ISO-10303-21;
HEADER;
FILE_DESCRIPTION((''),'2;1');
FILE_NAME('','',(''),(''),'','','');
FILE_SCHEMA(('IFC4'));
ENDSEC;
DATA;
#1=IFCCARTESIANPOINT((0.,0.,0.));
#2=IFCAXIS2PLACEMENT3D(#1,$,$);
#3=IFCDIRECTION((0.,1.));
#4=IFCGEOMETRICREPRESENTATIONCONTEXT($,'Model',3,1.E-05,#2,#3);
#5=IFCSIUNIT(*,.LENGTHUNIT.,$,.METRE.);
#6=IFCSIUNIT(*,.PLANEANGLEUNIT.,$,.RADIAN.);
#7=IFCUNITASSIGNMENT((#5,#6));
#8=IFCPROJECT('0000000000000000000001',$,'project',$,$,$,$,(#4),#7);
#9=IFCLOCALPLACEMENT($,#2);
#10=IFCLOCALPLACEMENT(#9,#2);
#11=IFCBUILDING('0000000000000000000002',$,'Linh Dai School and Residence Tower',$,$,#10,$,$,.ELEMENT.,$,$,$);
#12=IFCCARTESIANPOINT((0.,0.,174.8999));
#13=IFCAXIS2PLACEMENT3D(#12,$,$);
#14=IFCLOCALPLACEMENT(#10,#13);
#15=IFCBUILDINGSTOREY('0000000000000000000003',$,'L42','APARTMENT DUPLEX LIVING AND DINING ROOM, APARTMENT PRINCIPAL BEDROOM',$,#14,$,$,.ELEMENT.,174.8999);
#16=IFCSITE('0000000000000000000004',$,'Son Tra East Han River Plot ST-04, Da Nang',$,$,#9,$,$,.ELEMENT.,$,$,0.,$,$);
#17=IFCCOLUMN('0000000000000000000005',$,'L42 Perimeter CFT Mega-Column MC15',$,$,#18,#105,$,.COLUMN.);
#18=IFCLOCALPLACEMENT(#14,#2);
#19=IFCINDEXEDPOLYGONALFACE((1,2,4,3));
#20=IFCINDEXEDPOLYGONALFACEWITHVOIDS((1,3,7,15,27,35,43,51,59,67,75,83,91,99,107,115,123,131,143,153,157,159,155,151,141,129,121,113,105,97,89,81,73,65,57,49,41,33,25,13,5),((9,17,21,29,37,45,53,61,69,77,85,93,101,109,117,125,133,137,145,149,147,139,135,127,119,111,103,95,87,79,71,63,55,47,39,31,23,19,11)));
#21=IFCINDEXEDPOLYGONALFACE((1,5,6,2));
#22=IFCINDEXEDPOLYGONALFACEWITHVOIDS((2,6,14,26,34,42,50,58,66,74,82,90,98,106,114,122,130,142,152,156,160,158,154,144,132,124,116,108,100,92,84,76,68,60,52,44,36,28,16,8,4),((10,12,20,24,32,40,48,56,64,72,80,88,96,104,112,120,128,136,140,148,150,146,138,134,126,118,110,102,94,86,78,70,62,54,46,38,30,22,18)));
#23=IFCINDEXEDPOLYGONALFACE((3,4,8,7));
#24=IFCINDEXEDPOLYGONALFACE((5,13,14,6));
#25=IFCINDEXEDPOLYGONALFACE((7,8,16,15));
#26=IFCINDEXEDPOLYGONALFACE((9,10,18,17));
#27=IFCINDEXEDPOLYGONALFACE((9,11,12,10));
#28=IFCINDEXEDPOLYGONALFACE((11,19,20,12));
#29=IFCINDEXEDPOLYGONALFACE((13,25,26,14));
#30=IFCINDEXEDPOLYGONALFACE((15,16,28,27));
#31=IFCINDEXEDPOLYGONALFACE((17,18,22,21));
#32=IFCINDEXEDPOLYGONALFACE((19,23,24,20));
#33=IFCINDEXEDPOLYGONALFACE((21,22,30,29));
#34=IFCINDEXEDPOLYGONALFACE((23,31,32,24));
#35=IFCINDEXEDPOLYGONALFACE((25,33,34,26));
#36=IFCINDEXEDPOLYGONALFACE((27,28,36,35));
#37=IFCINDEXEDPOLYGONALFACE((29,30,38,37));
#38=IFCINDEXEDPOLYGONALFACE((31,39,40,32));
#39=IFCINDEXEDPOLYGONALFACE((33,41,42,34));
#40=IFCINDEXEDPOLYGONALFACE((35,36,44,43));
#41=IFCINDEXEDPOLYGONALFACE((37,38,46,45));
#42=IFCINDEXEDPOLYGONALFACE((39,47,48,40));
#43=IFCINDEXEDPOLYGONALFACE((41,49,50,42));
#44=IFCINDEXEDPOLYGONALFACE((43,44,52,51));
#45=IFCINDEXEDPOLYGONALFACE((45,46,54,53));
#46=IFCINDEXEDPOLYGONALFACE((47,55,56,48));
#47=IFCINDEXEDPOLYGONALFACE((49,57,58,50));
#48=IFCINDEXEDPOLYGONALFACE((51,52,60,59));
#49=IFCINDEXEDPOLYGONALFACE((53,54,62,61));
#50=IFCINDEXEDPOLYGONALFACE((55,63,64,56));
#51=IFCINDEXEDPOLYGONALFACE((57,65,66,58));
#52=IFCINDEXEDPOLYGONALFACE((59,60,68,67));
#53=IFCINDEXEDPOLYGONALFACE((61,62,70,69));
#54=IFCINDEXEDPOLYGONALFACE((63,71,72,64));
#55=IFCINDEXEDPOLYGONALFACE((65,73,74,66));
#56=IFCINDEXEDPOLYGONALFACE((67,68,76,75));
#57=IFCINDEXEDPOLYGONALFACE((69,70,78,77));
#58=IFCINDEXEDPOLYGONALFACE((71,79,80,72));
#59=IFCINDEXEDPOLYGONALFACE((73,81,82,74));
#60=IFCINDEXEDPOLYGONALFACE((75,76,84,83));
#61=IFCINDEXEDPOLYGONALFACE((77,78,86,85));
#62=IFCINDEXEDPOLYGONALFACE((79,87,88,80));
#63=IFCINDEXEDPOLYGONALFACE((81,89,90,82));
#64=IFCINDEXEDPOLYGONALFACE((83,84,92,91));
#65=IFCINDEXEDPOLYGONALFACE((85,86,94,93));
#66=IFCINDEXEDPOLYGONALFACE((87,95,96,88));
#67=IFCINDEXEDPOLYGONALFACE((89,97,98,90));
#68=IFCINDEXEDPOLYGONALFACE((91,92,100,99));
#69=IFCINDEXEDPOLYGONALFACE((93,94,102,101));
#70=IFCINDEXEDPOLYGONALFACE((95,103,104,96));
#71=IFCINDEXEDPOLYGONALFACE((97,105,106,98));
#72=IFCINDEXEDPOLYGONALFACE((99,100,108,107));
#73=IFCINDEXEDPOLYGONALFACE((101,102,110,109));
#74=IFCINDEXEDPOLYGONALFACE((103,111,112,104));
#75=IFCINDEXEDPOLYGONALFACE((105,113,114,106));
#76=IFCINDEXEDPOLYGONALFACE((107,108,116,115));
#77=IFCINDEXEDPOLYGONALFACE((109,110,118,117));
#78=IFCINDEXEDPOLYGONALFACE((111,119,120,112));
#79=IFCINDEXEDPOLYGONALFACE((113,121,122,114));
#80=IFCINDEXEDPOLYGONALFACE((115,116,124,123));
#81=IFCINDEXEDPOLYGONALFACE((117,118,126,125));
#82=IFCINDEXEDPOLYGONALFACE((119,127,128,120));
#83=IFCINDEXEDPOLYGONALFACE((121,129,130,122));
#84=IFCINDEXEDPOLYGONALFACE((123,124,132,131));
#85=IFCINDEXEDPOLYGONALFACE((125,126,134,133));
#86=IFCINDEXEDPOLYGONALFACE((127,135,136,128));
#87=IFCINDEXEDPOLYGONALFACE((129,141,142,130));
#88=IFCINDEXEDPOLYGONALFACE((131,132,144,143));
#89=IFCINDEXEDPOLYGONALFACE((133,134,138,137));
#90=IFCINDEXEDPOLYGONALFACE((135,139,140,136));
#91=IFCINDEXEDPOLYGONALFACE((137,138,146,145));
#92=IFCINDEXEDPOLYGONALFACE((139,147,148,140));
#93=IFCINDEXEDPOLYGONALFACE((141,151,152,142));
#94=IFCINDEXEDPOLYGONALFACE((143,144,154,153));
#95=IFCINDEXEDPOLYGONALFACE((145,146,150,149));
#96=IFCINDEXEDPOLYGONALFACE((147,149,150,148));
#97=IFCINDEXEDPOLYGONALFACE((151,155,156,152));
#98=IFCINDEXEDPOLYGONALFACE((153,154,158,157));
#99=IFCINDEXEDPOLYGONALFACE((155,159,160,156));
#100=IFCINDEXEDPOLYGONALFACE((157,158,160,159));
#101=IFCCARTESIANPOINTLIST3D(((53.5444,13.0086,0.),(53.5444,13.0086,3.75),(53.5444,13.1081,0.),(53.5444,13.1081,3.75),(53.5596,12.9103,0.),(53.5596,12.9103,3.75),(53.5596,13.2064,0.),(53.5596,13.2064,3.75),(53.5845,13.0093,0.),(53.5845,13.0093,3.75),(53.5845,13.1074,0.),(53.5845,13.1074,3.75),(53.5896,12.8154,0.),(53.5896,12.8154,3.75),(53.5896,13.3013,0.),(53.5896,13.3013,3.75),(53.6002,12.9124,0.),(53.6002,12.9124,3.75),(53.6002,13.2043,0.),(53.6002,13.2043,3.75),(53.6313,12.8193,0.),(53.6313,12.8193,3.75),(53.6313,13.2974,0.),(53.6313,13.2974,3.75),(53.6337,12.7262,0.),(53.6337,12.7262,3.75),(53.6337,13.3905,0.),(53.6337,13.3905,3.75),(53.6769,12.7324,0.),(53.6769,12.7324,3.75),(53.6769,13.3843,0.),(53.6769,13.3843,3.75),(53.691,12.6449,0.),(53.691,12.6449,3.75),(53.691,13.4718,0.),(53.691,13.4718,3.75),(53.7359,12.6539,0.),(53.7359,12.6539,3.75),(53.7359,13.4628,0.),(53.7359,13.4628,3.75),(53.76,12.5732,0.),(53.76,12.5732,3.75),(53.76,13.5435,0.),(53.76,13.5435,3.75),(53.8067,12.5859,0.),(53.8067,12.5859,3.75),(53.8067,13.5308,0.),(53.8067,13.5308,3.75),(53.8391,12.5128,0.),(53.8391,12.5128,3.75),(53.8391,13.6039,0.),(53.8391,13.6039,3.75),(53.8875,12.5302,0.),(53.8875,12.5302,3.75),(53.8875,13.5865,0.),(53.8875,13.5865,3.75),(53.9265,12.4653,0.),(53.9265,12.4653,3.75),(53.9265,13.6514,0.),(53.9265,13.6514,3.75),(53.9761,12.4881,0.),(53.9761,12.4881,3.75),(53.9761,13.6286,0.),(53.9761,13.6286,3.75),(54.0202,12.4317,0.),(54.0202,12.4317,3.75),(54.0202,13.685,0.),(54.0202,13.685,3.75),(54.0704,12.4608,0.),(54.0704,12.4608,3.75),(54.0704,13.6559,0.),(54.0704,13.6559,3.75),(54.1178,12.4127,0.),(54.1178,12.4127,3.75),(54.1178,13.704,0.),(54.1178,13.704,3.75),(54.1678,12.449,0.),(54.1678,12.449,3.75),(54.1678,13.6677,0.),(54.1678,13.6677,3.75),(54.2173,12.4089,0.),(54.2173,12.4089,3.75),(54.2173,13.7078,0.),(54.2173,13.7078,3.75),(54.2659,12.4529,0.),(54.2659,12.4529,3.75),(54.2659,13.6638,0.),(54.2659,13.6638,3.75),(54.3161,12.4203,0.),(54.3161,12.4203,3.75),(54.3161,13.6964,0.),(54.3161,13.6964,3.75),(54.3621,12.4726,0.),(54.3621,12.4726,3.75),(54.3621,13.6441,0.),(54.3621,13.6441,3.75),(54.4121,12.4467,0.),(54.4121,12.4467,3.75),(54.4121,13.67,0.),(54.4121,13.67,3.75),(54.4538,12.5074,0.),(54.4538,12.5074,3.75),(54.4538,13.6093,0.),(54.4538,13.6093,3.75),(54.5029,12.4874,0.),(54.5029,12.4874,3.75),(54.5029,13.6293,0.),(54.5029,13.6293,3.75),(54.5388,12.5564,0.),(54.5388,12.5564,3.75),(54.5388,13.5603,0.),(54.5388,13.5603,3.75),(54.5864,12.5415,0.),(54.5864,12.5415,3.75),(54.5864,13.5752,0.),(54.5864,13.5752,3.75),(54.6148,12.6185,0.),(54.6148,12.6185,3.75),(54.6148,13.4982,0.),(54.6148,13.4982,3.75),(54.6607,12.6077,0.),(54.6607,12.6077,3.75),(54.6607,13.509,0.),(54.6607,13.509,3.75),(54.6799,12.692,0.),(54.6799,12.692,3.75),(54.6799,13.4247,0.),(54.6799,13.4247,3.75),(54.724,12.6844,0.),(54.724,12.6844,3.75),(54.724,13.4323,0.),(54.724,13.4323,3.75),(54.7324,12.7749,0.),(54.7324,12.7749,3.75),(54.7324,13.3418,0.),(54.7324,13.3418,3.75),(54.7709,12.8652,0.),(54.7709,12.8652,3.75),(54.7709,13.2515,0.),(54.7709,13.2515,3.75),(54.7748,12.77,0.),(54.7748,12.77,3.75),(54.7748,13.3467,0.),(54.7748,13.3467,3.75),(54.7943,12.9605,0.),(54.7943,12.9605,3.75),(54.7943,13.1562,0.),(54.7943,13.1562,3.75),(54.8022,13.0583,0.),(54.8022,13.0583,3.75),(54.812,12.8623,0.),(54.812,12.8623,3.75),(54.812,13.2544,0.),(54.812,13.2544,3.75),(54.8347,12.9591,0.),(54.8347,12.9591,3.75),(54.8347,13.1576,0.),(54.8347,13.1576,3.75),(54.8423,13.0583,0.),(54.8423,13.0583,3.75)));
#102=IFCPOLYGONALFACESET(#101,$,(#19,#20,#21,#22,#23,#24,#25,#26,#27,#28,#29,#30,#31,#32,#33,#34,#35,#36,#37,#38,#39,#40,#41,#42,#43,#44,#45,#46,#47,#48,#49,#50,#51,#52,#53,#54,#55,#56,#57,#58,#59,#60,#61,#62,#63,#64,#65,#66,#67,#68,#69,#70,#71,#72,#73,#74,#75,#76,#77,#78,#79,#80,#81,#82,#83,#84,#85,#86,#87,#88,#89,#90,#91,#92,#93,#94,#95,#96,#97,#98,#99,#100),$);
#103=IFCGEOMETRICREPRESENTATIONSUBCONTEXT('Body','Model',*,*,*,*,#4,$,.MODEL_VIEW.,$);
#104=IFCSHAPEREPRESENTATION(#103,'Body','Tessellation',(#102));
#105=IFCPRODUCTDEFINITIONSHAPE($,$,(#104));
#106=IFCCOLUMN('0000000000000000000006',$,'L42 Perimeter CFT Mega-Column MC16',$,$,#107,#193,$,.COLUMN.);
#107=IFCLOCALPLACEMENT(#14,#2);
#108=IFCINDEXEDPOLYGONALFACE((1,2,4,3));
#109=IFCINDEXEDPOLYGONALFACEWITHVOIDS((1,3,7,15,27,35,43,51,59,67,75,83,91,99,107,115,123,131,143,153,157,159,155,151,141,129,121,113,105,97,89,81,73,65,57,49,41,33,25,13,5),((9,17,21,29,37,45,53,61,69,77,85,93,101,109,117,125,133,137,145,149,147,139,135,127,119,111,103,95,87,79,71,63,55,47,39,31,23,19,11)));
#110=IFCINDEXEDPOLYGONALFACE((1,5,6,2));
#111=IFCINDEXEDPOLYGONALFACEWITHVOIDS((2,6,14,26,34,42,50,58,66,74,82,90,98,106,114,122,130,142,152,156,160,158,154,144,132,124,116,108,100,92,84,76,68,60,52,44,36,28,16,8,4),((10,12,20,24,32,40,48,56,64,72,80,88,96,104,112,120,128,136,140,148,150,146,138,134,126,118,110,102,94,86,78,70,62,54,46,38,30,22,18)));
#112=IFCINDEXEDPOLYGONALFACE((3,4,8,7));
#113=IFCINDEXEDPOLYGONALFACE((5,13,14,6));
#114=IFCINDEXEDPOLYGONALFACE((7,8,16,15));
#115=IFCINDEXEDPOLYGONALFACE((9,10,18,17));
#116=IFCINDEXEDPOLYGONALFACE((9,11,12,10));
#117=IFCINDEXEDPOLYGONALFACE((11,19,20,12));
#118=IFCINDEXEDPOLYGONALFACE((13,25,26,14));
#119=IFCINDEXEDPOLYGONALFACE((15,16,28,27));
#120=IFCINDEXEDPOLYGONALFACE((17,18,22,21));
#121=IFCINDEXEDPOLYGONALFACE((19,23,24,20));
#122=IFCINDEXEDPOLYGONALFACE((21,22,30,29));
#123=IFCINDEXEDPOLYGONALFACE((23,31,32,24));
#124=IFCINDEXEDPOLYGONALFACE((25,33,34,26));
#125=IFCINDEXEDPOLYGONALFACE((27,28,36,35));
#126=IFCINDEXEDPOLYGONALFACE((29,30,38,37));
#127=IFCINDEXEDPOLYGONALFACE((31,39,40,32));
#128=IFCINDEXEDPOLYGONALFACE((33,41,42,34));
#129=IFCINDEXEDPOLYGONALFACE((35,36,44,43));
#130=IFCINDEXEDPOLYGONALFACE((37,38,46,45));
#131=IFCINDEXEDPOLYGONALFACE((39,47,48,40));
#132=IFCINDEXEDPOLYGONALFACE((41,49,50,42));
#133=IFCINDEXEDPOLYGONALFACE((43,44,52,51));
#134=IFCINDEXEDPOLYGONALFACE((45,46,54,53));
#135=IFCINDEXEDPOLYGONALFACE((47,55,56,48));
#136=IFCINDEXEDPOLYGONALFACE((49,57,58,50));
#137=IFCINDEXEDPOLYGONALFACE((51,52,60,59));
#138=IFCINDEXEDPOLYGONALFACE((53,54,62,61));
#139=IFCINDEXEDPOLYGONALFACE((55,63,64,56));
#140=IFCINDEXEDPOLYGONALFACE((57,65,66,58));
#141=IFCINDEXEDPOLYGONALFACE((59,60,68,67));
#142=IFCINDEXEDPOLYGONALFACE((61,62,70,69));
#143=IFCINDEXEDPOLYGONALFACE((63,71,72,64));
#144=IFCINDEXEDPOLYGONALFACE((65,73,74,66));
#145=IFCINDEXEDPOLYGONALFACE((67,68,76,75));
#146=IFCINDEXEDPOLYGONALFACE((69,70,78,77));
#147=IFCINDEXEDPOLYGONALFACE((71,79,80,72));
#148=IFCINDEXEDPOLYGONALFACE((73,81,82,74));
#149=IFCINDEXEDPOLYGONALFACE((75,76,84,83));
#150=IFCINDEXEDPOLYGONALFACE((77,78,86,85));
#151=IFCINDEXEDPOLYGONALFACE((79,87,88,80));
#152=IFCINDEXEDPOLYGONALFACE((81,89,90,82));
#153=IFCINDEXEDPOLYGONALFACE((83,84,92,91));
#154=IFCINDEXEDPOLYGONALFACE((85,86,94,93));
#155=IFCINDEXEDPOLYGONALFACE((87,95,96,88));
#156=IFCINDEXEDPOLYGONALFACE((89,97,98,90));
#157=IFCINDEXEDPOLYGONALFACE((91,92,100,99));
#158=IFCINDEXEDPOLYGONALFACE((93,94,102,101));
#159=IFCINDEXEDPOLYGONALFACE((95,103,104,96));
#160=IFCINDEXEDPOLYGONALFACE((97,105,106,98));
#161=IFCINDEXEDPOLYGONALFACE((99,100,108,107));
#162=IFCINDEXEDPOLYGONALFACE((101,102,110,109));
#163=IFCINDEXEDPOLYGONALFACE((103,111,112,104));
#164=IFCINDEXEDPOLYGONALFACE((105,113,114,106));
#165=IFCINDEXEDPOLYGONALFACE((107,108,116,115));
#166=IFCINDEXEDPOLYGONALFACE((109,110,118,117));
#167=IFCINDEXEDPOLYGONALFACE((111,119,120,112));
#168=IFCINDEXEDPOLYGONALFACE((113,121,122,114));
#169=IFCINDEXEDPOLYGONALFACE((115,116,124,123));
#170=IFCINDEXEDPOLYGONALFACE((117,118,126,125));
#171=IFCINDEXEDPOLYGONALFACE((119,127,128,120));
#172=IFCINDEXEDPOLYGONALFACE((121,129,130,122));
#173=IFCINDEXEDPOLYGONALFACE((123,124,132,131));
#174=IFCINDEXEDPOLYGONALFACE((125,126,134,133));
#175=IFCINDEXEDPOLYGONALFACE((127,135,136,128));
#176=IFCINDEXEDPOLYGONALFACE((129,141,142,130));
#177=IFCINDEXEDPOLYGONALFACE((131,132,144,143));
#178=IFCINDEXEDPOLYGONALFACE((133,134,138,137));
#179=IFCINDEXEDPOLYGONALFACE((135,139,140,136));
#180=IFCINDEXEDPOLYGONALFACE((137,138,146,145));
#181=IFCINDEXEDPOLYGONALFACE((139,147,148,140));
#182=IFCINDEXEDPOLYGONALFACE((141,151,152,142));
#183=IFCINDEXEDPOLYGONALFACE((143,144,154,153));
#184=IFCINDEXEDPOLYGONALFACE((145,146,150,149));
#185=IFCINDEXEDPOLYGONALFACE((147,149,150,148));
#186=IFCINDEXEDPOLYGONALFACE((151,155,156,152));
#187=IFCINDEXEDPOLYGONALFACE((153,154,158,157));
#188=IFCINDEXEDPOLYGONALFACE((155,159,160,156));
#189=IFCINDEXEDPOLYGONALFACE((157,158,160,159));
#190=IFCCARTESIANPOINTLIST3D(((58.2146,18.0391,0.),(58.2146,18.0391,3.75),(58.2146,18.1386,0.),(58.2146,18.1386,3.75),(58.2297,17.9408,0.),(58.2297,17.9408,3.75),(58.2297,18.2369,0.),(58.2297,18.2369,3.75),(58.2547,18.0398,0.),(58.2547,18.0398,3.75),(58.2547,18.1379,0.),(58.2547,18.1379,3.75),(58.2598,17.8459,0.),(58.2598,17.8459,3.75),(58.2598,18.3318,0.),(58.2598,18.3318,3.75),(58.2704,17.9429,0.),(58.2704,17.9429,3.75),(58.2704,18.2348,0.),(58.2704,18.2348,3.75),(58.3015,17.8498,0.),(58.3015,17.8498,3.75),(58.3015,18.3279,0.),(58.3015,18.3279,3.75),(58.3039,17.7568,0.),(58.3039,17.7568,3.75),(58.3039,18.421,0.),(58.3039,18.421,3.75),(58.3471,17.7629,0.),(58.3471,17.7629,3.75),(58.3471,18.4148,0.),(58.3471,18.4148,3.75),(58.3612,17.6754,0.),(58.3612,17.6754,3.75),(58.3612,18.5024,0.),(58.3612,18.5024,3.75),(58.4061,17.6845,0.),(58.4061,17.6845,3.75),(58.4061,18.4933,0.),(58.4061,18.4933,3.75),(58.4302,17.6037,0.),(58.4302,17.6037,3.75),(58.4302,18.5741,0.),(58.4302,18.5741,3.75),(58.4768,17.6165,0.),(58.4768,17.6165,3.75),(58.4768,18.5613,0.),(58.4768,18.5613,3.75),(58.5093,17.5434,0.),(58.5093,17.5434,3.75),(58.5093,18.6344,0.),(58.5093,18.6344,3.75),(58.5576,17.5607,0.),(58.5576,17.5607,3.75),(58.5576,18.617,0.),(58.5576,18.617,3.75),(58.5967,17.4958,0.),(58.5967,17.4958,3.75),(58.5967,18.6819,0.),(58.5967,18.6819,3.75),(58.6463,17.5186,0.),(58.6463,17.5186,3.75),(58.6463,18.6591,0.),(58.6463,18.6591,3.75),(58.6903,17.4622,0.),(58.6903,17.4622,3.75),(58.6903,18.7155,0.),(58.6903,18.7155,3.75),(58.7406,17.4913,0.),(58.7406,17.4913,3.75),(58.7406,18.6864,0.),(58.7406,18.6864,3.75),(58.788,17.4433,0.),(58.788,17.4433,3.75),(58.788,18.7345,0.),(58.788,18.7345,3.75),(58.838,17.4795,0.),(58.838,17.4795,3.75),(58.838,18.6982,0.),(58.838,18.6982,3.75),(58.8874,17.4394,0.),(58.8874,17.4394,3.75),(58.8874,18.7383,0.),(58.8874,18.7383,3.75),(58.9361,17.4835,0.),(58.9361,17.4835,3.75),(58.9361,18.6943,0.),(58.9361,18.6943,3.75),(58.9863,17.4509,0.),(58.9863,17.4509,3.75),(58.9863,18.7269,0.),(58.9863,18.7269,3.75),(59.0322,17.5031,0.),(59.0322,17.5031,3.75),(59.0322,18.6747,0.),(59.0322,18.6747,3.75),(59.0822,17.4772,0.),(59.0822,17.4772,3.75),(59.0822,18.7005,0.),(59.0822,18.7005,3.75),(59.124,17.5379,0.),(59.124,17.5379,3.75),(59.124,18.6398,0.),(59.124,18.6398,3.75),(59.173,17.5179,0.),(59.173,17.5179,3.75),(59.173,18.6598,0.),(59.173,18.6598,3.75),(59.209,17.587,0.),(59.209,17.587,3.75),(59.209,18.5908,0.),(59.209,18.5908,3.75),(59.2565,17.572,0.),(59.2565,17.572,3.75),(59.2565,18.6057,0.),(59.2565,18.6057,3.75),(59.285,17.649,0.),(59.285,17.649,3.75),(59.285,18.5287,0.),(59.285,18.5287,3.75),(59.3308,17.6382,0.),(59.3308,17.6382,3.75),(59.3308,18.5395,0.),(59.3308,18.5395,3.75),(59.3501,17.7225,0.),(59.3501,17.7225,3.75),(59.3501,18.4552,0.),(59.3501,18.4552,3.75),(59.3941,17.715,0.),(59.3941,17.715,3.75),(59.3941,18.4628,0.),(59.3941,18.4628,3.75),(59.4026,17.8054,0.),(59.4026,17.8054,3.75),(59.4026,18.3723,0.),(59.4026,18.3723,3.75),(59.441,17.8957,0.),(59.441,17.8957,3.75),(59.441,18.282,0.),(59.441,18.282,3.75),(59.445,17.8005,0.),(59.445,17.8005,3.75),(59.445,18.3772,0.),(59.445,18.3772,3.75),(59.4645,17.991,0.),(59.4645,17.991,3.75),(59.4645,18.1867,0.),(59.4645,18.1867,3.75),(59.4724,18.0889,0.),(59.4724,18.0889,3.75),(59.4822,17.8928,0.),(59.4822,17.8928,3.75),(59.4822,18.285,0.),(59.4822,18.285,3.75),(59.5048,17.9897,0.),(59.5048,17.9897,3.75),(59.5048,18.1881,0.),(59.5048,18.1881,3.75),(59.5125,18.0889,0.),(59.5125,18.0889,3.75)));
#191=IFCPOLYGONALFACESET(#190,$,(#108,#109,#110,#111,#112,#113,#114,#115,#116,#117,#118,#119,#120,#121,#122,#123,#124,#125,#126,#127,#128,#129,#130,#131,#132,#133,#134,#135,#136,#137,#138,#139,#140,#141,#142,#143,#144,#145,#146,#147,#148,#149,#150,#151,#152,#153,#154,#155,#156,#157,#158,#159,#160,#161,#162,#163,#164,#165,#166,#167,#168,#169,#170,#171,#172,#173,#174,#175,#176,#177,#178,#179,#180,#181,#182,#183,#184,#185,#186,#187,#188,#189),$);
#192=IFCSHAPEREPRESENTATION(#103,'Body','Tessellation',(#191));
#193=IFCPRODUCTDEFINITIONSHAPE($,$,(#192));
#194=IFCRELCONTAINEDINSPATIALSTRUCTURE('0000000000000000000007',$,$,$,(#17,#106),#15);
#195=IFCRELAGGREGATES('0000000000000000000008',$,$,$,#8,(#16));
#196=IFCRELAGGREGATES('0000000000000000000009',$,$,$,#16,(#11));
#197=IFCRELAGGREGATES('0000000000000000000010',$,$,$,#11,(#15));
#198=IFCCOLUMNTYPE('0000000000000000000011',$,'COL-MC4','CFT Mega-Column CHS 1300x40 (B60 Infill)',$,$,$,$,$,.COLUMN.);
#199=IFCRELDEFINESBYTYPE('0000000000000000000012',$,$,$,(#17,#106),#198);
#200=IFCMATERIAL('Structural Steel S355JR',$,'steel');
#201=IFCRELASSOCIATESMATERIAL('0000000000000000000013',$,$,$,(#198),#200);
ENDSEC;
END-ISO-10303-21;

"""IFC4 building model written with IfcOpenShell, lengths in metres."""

from ifc_helpers import new_model, si_unit, direction, frame, origin, origin_2d, place, context, subcontext, project, spatial, hollow_circle, extrude, material, material_profile, profile_set, type_object, element, save


model = new_model("IFC4")

# Units and contexts
model_context = context("Model", 3, precision=1e-05, world=origin(), true_north=direction((0.0, 1.0)))
body_context = subcontext(model_context, "Body", "Model", "MODEL_VIEW")
ifc_project = project(units=[si_unit("LENGTHUNIT", "METRE"), si_unit("PLANEANGLEUNIT", "RADIAN")], contexts=[model_context])

# Site, building, storey
site_placement = place(None, origin())
site = spatial("IfcSite", under=ifc_project, at=site_placement, Name="Son Tra East Han River Plot ST-04, Da Nang", CompositionType="ELEMENT", RefElevation=0.0)
building_placement = place(site_placement, origin())
building = spatial("IfcBuilding", under=site, at=building_placement, Name="Linh Dai School and Residence Tower", CompositionType="ELEMENT")
storey_placement = place(building_placement, frame((0.0, 0.0, 174.8999)))
storey = spatial("IfcBuildingStorey", under=building, at=storey_placement, Name="L42", Description="APARTMENT DUPLEX LIVING AND DINING ROOM, APARTMENT PRINCIPAL BEDROOM", CompositionType="ELEMENT", Elevation=174.8999)

# Columns
ifc_material_1 = material(Name="Structural Steel S355JR", Category="steel")
ifc_material_profile_1 = material_profile(ifc_material_1, hollow_circle(Radius=0.6499, WallThickness=0.04, at=origin_2d()), Name="CHS 1300x40")
ifc_profile_set_1 = profile_set([ifc_material_profile_1], Name="Structural Steel S355JR")
column_type = type_object("IfcColumnType", Name="COL-MC4", Description="CFT Mega-Column CHS 1300x40 (B60 Infill)", PredefinedType="COLUMN", material=ifc_profile_set_1)
for number, where, z_axis, x_axis, name in (
    (1, (54.1924, 13.0583, 0.0), (0.0, 0.0, 1.0), (1.0, 0.0, 0.0), "L42 Perimeter CFT Mega-Column MC15"),
    (2, (58.8625, 18.0889, 0.0), (0.0, 0.0, 1.0), (1.0, 0.0, 0.0), "L42 Perimeter CFT Mega-Column MC16"),
):
    element("IfcColumn", number, at=place(storey_placement, frame(where, z_axis=z_axis, x_axis=x_axis)), inside=storey, type_object=column_type, Name=name, PredefinedType="COLUMN", context=body_context, shape_type="SweptSolid", body=[
        extrude(hollow_circle(Radius=0.6499, WallThickness=0.04, at=origin_2d()), origin(), (0.0, 0.0, 1.0), 3.75),
    ])

save(model, "model.ifc")
